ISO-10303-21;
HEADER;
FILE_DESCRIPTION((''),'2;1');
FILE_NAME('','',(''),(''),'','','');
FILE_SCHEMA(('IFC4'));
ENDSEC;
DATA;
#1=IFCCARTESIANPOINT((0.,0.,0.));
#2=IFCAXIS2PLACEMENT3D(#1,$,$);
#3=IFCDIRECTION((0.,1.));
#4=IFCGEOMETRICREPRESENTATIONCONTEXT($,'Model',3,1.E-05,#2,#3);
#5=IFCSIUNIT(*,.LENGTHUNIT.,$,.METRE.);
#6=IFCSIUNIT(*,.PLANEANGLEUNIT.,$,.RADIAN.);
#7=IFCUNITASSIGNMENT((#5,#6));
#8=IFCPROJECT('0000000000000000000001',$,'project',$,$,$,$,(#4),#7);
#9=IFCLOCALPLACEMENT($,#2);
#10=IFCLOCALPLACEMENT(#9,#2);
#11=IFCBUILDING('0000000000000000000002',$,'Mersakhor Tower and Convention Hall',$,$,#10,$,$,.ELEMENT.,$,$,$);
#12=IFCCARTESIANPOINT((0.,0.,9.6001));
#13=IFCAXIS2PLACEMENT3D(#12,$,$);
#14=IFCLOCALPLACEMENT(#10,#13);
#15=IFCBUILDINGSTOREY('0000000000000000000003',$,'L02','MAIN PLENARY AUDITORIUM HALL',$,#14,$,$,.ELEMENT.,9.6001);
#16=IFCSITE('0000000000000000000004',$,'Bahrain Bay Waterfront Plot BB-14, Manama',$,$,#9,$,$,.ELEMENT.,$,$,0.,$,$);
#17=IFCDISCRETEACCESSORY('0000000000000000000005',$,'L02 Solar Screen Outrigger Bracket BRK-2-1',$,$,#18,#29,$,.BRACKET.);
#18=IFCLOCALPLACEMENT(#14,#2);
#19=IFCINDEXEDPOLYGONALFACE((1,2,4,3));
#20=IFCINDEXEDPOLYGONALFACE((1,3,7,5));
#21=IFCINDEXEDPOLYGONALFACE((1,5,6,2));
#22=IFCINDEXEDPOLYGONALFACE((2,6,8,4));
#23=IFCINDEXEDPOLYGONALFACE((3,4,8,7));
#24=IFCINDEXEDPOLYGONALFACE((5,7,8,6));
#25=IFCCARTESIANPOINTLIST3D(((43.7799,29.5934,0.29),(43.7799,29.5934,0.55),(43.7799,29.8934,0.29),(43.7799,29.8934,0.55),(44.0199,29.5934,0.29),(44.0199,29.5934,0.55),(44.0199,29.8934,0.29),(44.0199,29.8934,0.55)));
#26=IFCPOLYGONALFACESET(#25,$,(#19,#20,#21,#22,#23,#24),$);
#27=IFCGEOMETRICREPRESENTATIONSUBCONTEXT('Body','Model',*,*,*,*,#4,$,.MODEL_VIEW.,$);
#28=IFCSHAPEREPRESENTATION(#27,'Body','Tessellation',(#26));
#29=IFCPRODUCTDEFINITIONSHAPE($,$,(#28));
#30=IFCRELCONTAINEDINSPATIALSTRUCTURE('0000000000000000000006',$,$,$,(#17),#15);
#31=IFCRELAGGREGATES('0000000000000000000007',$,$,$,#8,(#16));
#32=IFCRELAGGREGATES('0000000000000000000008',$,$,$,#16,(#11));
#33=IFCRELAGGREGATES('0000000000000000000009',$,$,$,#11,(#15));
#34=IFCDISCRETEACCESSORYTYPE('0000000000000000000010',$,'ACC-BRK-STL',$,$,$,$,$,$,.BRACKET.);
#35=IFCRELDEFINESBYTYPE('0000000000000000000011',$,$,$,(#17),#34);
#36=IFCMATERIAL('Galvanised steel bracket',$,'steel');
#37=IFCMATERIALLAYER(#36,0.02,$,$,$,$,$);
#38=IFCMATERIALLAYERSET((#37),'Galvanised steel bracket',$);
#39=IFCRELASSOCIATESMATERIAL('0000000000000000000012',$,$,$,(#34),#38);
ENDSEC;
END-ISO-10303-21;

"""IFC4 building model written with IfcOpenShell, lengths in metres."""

from ifc_helpers import new_model, si_unit, direction, frame, origin, origin_2d, place, context, subcontext, project, spatial, rectangle, extrude, material, layer, layer_set, type_object, element, save


model = new_model("IFC4")

# Units and contexts
model_context = context("Model", 3, precision=1e-05, world=origin(), true_north=direction((0.0, 1.0)))
body_context = subcontext(model_context, "Body", "Model", "MODEL_VIEW")
ifc_project = project(units=[si_unit("LENGTHUNIT", "METRE"), si_unit("PLANEANGLEUNIT", "RADIAN")], contexts=[model_context])

# Site, building, storey
site_placement = place(None, origin())
site = spatial("IfcSite", under=ifc_project, at=site_placement, Name="Bahrain Bay Waterfront Plot BB-14, Manama", CompositionType="ELEMENT", RefElevation=0.0)
building_placement = place(site_placement, origin())
building = spatial("IfcBuilding", under=site, at=building_placement, Name="Mersakhor Tower and Convention Hall", CompositionType="ELEMENT")
storey_placement = place(building_placement, frame((0.0, 0.0, 9.6001)))
storey = spatial("IfcBuildingStorey", under=building, at=storey_placement, Name="L02", Description="MAIN PLENARY AUDITORIUM HALL", CompositionType="ELEMENT", Elevation=9.6001)

# Discrete accessory
ifc_material_1 = material(Name="Galvanised steel bracket", Category="steel")
ifc_layer_1 = layer(ifc_material_1, 0.02)
ifc_layer_set_1 = layer_set([ifc_layer_1], Name="Galvanised steel bracket")
discrete_accessory_type = type_object("IfcDiscreteAccessoryType", Name="ACC-BRK-STL", PredefinedType="BRACKET", material=ifc_layer_set_1)
discrete_accessory_placement = place(storey_placement, frame((43.8999, 29.7434, 0.29), z_axis=(0.0, 0.0, 1.0), x_axis=(0.0, -1.0, 0.0)))
element("IfcDiscreteAccessory", 1, at=discrete_accessory_placement, inside=storey, type_object=discrete_accessory_type, Name="L02 Solar Screen Outrigger Bracket BRK-2-1", PredefinedType="BRACKET", context=body_context, shape_type="SweptSolid", body=[
    extrude(rectangle(XDim=0.3, YDim=0.24, at=origin_2d()), origin(), (0.0, 0.0, 1.0), 0.26),
])

save(model, "model.ifc")
